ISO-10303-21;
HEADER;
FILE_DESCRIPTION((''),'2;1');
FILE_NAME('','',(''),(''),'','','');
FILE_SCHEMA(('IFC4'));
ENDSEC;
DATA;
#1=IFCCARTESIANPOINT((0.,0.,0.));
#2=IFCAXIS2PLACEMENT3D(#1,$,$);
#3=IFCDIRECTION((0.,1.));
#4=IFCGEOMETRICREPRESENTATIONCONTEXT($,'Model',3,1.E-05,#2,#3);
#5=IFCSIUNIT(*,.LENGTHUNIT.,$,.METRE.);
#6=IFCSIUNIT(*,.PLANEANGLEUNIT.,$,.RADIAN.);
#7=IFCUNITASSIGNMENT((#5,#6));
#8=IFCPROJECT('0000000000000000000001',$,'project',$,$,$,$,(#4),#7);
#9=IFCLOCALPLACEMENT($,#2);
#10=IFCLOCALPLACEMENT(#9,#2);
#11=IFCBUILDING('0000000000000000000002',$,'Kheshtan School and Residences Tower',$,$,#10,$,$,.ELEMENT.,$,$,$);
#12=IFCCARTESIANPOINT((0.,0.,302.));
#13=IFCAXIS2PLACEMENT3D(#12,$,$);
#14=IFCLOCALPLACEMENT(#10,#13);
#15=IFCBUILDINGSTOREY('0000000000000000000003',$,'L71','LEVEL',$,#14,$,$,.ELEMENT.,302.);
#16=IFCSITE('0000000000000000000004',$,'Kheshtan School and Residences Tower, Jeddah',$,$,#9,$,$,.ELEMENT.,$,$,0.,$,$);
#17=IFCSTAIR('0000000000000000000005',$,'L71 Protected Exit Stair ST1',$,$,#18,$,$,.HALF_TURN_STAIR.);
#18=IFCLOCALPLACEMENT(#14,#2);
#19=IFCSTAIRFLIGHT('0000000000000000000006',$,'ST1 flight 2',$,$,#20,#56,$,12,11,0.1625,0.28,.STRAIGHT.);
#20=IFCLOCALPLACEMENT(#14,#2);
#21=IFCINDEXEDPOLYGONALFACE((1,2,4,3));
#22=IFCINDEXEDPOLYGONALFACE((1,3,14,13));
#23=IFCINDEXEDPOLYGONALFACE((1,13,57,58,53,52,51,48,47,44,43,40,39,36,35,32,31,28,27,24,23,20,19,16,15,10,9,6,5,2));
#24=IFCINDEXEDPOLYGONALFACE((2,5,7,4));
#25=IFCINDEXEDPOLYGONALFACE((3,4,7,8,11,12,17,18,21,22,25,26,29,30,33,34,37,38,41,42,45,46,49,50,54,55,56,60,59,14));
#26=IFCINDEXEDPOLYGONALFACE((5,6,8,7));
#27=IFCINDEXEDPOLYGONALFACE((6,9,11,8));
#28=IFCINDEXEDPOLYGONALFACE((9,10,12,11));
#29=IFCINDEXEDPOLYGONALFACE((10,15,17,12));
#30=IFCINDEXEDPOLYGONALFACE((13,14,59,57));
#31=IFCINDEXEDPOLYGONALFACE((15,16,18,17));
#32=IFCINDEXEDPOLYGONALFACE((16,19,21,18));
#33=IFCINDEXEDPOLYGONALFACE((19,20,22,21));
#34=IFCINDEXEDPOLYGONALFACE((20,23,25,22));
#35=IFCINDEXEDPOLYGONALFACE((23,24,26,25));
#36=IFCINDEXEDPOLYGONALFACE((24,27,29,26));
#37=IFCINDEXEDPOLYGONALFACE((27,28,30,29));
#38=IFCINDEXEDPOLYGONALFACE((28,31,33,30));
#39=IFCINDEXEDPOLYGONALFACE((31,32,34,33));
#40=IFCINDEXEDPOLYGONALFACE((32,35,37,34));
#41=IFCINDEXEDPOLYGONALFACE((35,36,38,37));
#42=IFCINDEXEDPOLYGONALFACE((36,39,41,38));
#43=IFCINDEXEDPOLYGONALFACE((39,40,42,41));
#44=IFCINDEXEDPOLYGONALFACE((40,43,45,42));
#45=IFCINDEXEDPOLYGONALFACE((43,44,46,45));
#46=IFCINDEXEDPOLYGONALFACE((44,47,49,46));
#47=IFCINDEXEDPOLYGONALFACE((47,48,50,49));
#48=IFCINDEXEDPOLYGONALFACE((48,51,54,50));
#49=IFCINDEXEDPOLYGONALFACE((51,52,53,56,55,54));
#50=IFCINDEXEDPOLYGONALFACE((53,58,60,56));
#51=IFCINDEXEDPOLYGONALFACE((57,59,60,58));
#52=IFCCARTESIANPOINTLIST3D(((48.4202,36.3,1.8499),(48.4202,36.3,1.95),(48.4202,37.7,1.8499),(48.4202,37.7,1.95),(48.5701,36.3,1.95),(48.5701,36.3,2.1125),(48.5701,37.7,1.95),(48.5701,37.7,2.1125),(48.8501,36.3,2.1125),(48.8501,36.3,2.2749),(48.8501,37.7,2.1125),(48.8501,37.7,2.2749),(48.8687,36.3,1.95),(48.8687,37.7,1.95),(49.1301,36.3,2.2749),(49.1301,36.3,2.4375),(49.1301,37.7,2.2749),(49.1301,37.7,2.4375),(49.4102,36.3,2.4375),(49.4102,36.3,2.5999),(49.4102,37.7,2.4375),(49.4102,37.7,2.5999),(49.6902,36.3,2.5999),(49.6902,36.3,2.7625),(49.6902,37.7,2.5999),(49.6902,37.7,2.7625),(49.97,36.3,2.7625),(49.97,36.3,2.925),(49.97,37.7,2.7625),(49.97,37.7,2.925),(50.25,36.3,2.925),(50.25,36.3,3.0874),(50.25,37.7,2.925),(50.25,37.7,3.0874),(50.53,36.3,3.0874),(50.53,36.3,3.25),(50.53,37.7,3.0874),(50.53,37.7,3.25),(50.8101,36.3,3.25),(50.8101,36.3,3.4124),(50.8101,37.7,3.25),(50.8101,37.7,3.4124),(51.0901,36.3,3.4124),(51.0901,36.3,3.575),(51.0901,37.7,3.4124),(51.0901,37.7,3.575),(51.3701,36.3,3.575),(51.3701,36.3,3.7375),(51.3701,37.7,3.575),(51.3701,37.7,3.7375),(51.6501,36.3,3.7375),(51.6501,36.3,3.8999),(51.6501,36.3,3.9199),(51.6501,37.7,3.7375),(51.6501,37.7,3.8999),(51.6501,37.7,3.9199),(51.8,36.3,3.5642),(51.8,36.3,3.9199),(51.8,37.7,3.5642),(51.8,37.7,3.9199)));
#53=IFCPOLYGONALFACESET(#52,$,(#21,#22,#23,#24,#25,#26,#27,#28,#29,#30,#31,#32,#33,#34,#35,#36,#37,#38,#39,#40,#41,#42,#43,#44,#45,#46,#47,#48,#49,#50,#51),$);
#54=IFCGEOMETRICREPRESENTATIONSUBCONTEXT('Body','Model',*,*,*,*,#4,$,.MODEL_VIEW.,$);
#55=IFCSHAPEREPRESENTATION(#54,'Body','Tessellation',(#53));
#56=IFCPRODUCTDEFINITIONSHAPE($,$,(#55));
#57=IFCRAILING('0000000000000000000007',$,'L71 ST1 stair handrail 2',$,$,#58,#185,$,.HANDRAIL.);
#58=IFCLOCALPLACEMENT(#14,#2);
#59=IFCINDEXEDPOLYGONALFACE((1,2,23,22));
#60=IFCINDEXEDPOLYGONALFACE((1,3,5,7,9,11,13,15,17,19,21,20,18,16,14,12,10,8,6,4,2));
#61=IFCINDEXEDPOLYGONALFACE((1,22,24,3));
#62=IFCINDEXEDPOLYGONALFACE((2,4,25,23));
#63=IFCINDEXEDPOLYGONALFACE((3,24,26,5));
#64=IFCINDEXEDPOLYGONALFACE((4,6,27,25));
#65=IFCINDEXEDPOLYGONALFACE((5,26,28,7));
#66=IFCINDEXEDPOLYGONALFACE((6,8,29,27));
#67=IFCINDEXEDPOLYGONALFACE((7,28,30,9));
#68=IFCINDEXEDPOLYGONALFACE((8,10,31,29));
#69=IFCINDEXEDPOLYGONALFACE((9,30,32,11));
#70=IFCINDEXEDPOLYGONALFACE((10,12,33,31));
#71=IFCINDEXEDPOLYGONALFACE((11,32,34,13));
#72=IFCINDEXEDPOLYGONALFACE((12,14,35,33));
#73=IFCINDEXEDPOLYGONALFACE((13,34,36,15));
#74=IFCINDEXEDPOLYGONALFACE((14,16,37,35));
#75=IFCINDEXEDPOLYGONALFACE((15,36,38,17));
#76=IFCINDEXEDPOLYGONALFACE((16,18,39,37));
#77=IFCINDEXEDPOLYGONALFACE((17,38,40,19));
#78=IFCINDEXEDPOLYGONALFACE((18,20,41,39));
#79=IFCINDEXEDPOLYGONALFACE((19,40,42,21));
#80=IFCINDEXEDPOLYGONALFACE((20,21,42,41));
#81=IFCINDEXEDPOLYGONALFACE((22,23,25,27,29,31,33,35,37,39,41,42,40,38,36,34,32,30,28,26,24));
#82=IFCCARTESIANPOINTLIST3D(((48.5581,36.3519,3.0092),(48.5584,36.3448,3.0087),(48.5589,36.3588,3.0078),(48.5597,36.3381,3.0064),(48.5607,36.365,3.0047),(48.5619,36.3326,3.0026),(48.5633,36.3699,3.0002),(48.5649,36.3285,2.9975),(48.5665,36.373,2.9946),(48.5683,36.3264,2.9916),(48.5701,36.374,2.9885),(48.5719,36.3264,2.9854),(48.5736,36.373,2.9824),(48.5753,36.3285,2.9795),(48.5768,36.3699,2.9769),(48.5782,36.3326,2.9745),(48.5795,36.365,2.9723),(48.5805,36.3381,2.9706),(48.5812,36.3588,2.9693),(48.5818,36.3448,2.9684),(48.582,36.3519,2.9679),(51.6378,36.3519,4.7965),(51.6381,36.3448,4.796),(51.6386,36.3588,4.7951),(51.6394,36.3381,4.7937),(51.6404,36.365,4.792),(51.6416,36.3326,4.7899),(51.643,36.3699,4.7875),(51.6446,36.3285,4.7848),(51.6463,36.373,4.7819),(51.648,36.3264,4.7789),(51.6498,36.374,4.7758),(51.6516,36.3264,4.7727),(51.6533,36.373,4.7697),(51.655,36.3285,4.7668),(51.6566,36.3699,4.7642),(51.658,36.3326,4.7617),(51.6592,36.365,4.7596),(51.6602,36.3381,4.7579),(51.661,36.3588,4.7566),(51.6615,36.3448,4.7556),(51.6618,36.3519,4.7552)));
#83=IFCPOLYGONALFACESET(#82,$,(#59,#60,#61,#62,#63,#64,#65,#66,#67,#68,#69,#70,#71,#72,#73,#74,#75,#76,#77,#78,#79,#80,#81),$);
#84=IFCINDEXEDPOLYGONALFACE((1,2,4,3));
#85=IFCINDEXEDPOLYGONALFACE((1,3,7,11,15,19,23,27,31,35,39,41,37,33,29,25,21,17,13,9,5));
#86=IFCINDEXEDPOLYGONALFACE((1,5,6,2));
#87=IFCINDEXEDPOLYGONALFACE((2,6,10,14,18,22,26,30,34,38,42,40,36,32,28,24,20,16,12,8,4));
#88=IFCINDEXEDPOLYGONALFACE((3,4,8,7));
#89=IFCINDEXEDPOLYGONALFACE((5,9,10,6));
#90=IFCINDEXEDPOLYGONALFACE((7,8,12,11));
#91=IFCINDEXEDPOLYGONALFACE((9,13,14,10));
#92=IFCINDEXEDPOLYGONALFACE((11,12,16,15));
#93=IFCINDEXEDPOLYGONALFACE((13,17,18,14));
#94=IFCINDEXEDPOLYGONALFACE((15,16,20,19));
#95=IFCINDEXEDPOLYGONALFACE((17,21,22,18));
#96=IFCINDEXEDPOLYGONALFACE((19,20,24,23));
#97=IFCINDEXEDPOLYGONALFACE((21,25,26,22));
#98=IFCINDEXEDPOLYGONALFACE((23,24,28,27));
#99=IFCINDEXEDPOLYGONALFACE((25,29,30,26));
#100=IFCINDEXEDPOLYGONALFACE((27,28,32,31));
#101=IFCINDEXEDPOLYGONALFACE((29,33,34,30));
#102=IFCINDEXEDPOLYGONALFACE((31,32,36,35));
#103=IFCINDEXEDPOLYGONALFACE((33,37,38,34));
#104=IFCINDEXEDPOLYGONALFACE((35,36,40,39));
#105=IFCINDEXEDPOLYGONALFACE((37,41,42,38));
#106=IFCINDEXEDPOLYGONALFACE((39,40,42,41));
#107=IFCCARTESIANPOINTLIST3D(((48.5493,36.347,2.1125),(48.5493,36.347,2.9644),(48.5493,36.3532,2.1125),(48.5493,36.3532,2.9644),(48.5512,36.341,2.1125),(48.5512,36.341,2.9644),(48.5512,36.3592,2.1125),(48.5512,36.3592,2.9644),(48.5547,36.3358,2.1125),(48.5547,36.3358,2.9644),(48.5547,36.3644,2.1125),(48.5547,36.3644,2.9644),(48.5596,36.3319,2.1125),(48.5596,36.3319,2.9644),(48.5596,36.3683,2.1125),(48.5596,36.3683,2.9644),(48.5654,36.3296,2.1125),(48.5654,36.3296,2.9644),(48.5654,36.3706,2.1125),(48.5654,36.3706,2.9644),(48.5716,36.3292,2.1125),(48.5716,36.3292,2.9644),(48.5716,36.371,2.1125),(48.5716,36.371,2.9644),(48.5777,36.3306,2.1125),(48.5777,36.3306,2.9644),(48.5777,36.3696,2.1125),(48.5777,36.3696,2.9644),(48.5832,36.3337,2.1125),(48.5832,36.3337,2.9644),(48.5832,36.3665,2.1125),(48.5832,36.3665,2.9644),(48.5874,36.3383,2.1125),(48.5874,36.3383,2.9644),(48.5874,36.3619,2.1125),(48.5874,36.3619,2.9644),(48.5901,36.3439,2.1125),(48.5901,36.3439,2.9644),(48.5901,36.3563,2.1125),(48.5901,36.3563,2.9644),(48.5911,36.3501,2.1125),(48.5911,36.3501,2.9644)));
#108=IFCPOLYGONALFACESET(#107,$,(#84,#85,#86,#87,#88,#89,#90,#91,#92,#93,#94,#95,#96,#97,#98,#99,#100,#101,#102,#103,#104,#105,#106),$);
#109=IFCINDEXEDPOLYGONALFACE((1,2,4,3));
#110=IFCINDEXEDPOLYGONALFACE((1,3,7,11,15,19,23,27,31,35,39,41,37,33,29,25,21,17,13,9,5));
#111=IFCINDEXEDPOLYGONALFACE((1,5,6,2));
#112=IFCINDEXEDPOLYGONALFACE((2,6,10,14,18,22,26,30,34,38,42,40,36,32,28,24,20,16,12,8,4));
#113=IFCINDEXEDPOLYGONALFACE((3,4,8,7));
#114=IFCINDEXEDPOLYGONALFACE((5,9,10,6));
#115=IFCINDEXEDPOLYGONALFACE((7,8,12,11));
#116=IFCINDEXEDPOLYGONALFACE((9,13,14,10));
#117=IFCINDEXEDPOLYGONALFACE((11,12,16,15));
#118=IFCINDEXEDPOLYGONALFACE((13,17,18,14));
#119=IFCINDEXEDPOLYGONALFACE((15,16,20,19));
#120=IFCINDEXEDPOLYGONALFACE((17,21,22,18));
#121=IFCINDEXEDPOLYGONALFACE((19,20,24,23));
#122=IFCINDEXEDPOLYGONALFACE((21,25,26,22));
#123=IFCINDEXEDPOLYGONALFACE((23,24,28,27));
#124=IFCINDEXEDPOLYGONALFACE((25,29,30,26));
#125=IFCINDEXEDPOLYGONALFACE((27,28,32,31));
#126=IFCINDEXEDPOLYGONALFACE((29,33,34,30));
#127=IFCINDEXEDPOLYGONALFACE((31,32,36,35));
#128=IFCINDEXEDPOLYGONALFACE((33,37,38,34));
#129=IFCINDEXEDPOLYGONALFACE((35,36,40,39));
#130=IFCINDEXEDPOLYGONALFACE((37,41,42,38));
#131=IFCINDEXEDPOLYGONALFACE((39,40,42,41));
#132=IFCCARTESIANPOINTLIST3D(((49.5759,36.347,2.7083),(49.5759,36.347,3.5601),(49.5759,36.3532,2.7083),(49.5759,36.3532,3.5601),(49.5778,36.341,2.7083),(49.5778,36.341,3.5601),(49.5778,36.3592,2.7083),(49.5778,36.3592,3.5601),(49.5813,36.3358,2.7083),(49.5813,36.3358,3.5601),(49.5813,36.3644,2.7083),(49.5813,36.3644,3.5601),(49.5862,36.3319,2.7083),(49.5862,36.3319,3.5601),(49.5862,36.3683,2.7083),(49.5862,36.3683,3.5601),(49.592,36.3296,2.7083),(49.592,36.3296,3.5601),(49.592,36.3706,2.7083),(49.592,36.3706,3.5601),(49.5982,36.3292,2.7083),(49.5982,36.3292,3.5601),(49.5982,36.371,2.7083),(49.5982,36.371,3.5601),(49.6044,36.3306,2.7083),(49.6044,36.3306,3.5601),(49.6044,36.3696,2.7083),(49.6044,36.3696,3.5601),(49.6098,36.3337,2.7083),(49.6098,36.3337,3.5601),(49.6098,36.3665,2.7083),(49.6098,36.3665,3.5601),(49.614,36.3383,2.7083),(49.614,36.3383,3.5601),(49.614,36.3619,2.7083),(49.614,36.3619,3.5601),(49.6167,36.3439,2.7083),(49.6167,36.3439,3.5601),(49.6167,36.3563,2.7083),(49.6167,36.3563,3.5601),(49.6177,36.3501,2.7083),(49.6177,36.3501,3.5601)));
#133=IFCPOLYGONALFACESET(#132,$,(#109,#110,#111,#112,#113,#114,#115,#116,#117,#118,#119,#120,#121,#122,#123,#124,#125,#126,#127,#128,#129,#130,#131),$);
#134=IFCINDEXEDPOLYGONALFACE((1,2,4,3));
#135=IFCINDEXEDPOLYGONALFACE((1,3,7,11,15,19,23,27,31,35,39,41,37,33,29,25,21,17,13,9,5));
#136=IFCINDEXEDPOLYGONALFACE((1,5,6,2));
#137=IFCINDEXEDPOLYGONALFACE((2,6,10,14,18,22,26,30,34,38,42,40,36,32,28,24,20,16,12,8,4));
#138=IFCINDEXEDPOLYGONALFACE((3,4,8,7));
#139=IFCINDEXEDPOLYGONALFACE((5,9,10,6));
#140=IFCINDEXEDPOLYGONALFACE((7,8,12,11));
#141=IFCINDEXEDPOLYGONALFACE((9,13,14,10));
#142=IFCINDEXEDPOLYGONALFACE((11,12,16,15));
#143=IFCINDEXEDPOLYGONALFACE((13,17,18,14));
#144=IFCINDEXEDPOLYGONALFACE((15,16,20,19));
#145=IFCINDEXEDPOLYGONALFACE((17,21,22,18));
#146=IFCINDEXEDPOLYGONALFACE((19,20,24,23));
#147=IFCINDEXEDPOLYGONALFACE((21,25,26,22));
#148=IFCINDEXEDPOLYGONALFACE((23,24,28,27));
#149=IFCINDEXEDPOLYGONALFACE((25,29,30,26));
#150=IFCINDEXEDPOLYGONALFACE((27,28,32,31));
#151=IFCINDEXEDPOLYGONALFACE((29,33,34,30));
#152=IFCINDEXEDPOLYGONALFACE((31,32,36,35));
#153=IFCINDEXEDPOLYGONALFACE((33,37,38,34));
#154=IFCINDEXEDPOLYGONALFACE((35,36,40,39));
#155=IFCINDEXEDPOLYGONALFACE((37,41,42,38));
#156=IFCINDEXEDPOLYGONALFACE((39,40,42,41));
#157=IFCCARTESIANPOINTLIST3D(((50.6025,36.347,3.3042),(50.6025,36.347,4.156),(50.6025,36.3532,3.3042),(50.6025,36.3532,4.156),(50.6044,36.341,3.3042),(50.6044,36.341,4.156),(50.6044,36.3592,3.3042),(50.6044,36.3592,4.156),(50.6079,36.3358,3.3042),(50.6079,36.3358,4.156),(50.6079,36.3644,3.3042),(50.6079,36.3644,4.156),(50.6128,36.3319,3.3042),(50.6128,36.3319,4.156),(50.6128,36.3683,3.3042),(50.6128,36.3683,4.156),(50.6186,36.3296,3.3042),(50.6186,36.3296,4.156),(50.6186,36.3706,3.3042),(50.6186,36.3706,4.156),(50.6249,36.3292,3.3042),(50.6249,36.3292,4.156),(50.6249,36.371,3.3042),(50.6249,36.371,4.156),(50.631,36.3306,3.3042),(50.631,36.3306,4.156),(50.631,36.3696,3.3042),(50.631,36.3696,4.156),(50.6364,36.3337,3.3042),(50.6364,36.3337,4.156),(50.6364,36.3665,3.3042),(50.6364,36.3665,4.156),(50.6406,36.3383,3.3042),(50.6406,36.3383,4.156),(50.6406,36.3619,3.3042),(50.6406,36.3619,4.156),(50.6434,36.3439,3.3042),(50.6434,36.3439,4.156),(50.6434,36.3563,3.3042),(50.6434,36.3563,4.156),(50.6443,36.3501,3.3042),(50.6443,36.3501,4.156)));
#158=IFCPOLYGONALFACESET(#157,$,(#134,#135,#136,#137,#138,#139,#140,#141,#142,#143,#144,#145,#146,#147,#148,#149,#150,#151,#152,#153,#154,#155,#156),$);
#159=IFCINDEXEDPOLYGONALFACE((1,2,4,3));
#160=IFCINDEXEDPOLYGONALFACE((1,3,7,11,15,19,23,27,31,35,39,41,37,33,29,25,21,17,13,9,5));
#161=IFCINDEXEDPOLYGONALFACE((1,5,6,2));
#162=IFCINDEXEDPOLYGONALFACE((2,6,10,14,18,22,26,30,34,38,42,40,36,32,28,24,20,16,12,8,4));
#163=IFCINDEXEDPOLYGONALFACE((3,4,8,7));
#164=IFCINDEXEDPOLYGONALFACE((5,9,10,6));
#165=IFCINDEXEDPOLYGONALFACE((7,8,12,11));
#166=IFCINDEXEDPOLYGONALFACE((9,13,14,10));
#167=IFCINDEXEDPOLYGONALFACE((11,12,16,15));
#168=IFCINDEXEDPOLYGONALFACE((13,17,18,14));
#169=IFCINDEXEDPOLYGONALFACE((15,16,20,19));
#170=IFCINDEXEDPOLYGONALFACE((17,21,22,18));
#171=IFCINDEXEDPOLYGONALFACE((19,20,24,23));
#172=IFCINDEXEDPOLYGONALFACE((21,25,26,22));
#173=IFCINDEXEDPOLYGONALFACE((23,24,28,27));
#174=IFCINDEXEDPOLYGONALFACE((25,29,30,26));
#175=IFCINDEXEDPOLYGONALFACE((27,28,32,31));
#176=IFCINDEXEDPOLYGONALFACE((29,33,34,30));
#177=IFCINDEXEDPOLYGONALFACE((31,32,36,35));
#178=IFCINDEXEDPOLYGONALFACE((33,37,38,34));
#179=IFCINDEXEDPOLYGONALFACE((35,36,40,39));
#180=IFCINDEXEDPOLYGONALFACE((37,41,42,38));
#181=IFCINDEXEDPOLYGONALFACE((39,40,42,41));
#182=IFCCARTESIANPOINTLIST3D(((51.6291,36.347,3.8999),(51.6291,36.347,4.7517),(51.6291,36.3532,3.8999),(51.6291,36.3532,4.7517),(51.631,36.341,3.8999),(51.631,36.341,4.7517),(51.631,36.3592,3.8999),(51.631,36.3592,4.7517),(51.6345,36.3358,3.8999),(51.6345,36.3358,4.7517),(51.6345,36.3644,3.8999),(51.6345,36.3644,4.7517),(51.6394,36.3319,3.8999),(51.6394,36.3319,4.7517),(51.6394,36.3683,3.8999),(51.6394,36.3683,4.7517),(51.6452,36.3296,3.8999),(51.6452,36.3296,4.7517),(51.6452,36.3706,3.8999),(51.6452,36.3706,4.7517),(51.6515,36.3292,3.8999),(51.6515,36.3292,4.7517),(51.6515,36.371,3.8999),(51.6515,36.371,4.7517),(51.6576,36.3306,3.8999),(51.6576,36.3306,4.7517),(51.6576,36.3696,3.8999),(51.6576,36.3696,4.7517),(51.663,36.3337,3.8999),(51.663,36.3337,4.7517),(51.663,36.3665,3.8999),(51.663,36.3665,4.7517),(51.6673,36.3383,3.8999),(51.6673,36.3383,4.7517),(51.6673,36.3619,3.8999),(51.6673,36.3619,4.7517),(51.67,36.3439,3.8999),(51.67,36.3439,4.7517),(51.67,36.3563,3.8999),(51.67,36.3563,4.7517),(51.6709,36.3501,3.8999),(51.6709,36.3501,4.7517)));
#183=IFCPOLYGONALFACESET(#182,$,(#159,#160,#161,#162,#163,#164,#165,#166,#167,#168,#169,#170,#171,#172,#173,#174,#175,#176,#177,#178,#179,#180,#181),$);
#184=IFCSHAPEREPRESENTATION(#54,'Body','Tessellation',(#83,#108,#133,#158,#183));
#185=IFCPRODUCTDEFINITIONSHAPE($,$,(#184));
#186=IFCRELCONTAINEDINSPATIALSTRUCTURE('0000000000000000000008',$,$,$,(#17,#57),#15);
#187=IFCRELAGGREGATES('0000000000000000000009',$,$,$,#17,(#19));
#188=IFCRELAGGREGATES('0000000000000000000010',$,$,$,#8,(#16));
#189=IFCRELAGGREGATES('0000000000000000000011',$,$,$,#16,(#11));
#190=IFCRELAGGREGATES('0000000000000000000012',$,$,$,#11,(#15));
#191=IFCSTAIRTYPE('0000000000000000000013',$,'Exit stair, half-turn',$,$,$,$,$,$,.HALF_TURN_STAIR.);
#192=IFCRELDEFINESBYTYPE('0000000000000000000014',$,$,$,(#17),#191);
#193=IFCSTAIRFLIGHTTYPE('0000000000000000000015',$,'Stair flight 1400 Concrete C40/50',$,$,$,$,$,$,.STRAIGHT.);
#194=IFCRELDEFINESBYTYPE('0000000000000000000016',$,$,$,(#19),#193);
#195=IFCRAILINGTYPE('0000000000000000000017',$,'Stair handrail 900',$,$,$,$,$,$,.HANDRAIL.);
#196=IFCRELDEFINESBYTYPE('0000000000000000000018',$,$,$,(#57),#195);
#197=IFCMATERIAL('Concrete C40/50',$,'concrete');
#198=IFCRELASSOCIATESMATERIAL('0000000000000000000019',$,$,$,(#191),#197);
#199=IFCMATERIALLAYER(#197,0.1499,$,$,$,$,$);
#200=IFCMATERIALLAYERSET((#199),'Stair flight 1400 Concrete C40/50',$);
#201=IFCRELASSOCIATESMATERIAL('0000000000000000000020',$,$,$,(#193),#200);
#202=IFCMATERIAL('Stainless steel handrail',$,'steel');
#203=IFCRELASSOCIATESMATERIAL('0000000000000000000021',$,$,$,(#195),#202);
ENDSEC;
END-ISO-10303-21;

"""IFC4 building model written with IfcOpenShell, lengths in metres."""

from ifc_helpers import new_model, si_unit, direction, frame, origin, origin_2d, place, context, subcontext, project, spatial, polyline, circle, outline, extrude, material, layer, layer_set, type_object, element, aggregate, save


model = new_model("IFC4")

# Units and contexts
model_context = context("Model", 3, precision=1e-05, world=origin(), true_north=direction((0.0, 1.0)))
body_context = subcontext(model_context, "Body", "Model", "MODEL_VIEW")
ifc_project = project(units=[si_unit("LENGTHUNIT", "METRE"), si_unit("PLANEANGLEUNIT", "RADIAN")], contexts=[model_context])

# Site, building, storey
site_placement = place(None, origin())
site = spatial("IfcSite", under=ifc_project, at=site_placement, Name="Kheshtan School and Residences Tower, Jeddah", CompositionType="ELEMENT", RefElevation=0.0)
building_placement = place(site_placement, origin())
building = spatial("IfcBuilding", under=site, at=building_placement, Name="Kheshtan School and Residences Tower", CompositionType="ELEMENT")
storey_placement = place(building_placement, frame((0.0, 0.0, 302.0)))
storey = spatial("IfcBuildingStorey", under=building, at=storey_placement, Name="L71", Description="LEVEL", CompositionType="ELEMENT", Elevation=302.0)

# Shared definitions
ifc_material_1 = material(Name="Concrete C40/50", Category="concrete")

# Stair, stair flight
stair_type = type_object("IfcStairType", Name="Exit stair, half-turn", PredefinedType="HALF_TURN_STAIR", material=ifc_material_1)
stair_placement = place(storey_placement, origin())
stair = element("IfcStair", 1, at=stair_placement, inside=storey, type_object=stair_type, Name="L71 Protected Exit Stair ST1", PredefinedType="HALF_TURN_STAIR")
ifc_layer_1 = layer(ifc_material_1, 0.1499)
ifc_layer_set_1 = layer_set([ifc_layer_1], Name="Stair flight 1400 Concrete C40/50")
stair_flight_type = type_object("IfcStairFlightType", Name="Stair flight 1400 Concrete C40/50", PredefinedType="STRAIGHT", material=ifc_layer_set_1)
stair_flight_placement = place(storey_placement, frame((48.5701, 37.0, 1.95), z_axis=(0.0, 0.0, 1.0), x_axis=(1.0, 0.0, 0.0)))
stair_flight = element("IfcStairFlight", 2, at=stair_flight_placement, type_object=stair_flight_type, Name="ST1 flight 2", NumberOfRisers=12, NumberOfTreads=11, PredefinedType="STRAIGHT", RiserHeight=0.1625, TreadLength=0.28, context=body_context, shape_type="SweptSolid", body=[
    extrude(outline(polyline([(-0.1499, -0.1001), (-0.1499, 0.0), (0.0, 0.0), (0.0, 0.1626), (0.28, 0.1626), (0.28, 0.325), (0.5601, 0.325), (0.5601, 0.4875), (0.8401, 0.4875), (0.8401, 0.6499), (1.1201, 0.6499), (1.1201, 0.8125), (1.3999, 0.8125), (1.3999, 0.9751), (1.6799, 0.9751), (1.6799, 1.1375), (1.96, 1.1375), (1.96, 1.3), (2.24, 1.3), (2.24, 1.4624), (2.52, 1.4624), (2.52, 1.625), (2.8, 1.625), (2.8, 1.7876), (3.0801, 1.7876), (3.0801, 1.95), (3.0801, 1.97), (3.23, 1.97), (3.23, 1.6143), (0.2986, 0.0), (-0.1499, -0.1001)])), frame((0.0, 0.7, 0.0), z_axis=(0.0, -1.0, 0.0), x_axis=(1.0, 0.0, 0.0)), (0.0, 0.0, 1.0), 1.3999),
])
aggregate(stair, [stair_flight])

# Railing
ifc_material_2 = material(Name="Stainless steel handrail", Category="steel")
railing_type = type_object("IfcRailingType", Name="Stair handrail 900", PredefinedType="HANDRAIL", material=ifc_material_2)
railing_1_placement = place(storey_placement, frame((48.5701, 36.3501, 2.1125)))
element("IfcRailing", 3, at=railing_1_placement, inside=storey, type_object=railing_type, Name="L71 ST1 stair handrail 2", PredefinedType="HANDRAIL", context=body_context, shape_type="SweptSolid", body=[
    extrude(circle(Radius=0.0239, at=origin_2d()), frame((0.0, 0.0, 0.876), z_axis=(0.864903, 0.0, 0.501939), x_axis=(0.0, 1.0, 0.0)), (0.0, 0.0, 1.0), 3.5608),
    extrude(circle(Radius=0.021, at=origin_2d()), origin(), (0.0, 0.0, 1.0), 0.8518),
    extrude(circle(Radius=0.021, at=origin_2d()), frame((1.0266, 0.0, 0.5957)), (0.0, 0.0, 1.0), 0.8518),
    extrude(circle(Radius=0.021, at=origin_2d()), frame((2.0532, 0.0, 1.1917)), (0.0, 0.0, 1.0), 0.8518),
    extrude(circle(Radius=0.021, at=origin_2d()), frame((3.0798, 0.0, 1.7874)), (0.0, 0.0, 1.0), 0.8518),
])

save(model, "model.ifc")
